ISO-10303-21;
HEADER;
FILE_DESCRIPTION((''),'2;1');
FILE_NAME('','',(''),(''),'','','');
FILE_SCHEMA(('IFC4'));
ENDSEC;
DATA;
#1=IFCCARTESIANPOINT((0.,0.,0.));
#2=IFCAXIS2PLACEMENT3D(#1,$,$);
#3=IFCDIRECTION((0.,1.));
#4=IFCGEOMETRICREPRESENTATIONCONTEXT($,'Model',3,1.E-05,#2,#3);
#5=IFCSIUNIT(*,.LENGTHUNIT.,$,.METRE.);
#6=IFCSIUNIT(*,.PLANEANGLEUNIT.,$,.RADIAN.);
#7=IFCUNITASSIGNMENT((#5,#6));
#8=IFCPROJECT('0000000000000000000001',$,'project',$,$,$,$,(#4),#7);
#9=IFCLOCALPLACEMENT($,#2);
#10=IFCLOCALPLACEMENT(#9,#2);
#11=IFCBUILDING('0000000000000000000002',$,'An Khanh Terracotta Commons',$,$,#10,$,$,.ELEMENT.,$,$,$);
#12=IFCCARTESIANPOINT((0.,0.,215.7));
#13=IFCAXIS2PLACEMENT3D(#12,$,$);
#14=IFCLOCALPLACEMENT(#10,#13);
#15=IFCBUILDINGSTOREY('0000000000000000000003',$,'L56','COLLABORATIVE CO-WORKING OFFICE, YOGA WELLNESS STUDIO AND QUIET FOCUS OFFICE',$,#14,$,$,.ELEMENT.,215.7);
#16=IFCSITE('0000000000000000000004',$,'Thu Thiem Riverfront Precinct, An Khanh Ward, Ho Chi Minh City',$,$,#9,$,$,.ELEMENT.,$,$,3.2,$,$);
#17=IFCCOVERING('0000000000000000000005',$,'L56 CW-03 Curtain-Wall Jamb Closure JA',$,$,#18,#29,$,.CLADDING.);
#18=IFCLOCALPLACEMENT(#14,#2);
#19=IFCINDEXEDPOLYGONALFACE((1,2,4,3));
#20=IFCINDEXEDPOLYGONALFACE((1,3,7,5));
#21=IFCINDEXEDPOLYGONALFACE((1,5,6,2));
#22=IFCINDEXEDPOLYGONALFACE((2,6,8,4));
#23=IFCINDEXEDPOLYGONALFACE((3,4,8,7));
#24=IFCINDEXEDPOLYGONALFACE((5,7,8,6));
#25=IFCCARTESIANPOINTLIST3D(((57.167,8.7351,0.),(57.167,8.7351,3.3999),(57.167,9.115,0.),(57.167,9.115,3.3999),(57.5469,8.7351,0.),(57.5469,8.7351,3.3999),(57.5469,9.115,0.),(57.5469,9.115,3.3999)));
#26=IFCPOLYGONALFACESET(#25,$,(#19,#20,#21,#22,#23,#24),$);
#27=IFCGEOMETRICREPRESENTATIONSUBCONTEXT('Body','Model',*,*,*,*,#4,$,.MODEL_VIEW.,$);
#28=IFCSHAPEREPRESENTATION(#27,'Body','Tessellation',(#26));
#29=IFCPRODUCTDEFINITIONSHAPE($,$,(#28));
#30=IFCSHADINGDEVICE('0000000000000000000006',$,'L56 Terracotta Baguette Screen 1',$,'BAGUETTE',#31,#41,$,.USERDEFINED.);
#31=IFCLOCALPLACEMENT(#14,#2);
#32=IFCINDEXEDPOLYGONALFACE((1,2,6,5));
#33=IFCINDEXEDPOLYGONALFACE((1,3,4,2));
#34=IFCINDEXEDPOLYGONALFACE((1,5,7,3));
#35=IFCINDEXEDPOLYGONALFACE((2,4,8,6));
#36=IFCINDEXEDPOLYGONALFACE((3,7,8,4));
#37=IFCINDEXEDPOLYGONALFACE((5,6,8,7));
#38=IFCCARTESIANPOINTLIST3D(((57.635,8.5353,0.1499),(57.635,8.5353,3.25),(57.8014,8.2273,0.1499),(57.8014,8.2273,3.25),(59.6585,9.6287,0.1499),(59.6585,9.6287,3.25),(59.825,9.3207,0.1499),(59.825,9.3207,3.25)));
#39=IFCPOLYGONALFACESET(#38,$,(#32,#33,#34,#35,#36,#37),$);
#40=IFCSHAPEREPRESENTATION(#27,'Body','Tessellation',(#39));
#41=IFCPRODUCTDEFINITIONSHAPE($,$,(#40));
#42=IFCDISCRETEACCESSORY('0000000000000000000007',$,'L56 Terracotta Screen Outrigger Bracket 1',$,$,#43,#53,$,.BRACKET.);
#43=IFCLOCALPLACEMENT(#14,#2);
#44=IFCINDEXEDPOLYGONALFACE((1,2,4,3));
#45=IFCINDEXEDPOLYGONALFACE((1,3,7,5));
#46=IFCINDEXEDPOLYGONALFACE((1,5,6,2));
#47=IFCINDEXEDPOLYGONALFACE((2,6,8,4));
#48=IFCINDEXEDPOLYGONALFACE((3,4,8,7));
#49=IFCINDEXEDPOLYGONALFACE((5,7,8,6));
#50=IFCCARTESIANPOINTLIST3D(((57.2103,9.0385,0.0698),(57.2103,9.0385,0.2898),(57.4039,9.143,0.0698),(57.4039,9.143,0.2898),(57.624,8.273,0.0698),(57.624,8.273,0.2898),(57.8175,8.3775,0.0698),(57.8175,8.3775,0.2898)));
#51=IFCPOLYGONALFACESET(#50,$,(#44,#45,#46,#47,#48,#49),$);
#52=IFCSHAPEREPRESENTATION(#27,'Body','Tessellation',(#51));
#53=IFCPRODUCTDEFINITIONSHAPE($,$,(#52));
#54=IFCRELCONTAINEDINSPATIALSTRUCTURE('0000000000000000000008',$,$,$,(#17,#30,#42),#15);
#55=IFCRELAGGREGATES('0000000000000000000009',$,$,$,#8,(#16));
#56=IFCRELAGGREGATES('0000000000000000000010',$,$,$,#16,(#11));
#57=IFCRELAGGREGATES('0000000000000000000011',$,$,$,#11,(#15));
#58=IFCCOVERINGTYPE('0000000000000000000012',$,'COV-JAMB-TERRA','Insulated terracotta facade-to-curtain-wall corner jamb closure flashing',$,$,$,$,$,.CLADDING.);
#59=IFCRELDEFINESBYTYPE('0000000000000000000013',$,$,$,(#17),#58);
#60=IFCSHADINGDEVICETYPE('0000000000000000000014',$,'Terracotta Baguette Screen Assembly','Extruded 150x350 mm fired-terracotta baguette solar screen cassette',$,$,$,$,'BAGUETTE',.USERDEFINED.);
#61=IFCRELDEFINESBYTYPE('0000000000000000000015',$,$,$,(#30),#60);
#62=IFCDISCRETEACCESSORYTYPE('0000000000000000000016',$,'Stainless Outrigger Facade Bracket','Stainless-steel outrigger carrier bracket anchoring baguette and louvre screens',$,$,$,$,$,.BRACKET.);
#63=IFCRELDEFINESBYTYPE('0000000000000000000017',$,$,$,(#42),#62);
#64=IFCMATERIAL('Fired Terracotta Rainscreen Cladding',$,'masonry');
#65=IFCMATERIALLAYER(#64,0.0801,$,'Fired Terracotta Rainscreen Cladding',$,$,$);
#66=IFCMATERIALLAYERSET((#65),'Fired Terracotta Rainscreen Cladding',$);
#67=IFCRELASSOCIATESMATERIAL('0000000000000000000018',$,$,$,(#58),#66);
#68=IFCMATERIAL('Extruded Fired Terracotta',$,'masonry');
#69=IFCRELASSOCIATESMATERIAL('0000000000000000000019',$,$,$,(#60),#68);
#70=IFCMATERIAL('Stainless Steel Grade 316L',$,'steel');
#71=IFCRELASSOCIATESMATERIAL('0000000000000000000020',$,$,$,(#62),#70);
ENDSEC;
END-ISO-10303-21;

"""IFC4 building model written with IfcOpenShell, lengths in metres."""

from ifc_helpers import new_model, si_unit, direction, frame, origin, origin_2d, place, context, subcontext, project, spatial, rectangle, extrude, material, layer, layer_set, type_object, element, save


model = new_model("IFC4")

# Units and contexts
model_context = context("Model", 3, precision=1e-05, world=origin(), true_north=direction((0.0, 1.0)))
body_context = subcontext(model_context, "Body", "Model", "MODEL_VIEW")
ifc_project = project(units=[si_unit("LENGTHUNIT", "METRE"), si_unit("PLANEANGLEUNIT", "RADIAN")], contexts=[model_context])

# Site, building, storey
site_placement = place(None, origin())
site = spatial("IfcSite", under=ifc_project, at=site_placement, Name="Thu Thiem Riverfront Precinct, An Khanh Ward, Ho Chi Minh City", CompositionType="ELEMENT", RefElevation=3.2)
building_placement = place(site_placement, origin())
building = spatial("IfcBuilding", under=site, at=building_placement, Name="An Khanh Terracotta Commons", CompositionType="ELEMENT")
storey_placement = place(building_placement, frame((0.0, 0.0, 215.7)))
storey = spatial("IfcBuildingStorey", under=building, at=storey_placement, Name="L56", Description="COLLABORATIVE CO-WORKING OFFICE, YOGA WELLNESS STUDIO AND QUIET FOCUS OFFICE", CompositionType="ELEMENT", Elevation=215.7)

# Covering
ifc_material_1 = material(Name="Fired Terracotta Rainscreen Cladding", Category="masonry")
ifc_layer_1 = layer(ifc_material_1, 0.0801, Name="Fired Terracotta Rainscreen Cladding")
ifc_layer_set_1 = layer_set([ifc_layer_1], Name="Fired Terracotta Rainscreen Cladding")
covering_type = type_object("IfcCoveringType", Name="COV-JAMB-TERRA", Description="Insulated terracotta facade-to-curtain-wall corner jamb closure flashing", PredefinedType="CLADDING", material=ifc_layer_set_1)
covering_placement = place(storey_placement, frame((57.3569, 8.925, 0.0), z_axis=(0.0, 0.0, 1.0), x_axis=(1.0, 0.0, 0.0)))
element("IfcCovering", 1, at=covering_placement, inside=storey, type_object=covering_type, Name="L56 CW-03 Curtain-Wall Jamb Closure JA", PredefinedType="CLADDING", context=body_context, shape_type="SweptSolid", body=[
    extrude(rectangle(XDim=0.3799, YDim=0.3799, at=origin_2d()), origin(), (0.0, 0.0, 1.0), 3.3999),
])

# Shading device
ifc_material_2 = material(Name="Extruded Fired Terracotta", Category="masonry")
shading_device_type = type_object("IfcShadingDeviceType", Name="Terracotta Baguette Screen Assembly", Description="Extruded 150x350 mm fired-terracotta baguette solar screen cassette", ElementType="BAGUETTE", PredefinedType="USERDEFINED", material=ifc_material_2)
shading_device_placement = place(storey_placement, frame((58.73, 8.928, 0.1499), z_axis=(0.0, 0.0, 1.0), x_axis=(0.87978, 0.475381, 0.0)))
element("IfcShadingDevice", 2, at=shading_device_placement, inside=storey, type_object=shading_device_type, Name="L56 Terracotta Baguette Screen 1", ObjectType="BAGUETTE", PredefinedType="USERDEFINED", context=body_context, shape_type="SweptSolid", body=[
    extrude(rectangle(XDim=2.3, YDim=0.3501, at=origin_2d()), origin(), (0.0, 0.0, 1.0), 3.1001),
])

# Discrete accessory
ifc_material_3 = material(Name="Stainless Steel Grade 316L", Category="steel")
discrete_accessory_type = type_object("IfcDiscreteAccessoryType", Name="Stainless Outrigger Facade Bracket", Description="Stainless-steel outrigger carrier bracket anchoring baguette and louvre screens", PredefinedType="BRACKET", material=ifc_material_3)
discrete_accessory_placement = place(storey_placement, frame((57.5139, 8.708, 0.0698), z_axis=(0.0, 0.0, 1.0), x_axis=(0.87978, 0.475381, 0.0)))
element("IfcDiscreteAccessory", 3, at=discrete_accessory_placement, inside=storey, type_object=discrete_accessory_type, Name="L56 Terracotta Screen Outrigger Bracket 1", PredefinedType="BRACKET", context=body_context, shape_type="SweptSolid", body=[
    extrude(rectangle(XDim=0.22, YDim=0.8701, at=origin_2d()), origin(), (0.0, 0.0, 1.0), 0.22),
])

save(model, "model.ifc")
